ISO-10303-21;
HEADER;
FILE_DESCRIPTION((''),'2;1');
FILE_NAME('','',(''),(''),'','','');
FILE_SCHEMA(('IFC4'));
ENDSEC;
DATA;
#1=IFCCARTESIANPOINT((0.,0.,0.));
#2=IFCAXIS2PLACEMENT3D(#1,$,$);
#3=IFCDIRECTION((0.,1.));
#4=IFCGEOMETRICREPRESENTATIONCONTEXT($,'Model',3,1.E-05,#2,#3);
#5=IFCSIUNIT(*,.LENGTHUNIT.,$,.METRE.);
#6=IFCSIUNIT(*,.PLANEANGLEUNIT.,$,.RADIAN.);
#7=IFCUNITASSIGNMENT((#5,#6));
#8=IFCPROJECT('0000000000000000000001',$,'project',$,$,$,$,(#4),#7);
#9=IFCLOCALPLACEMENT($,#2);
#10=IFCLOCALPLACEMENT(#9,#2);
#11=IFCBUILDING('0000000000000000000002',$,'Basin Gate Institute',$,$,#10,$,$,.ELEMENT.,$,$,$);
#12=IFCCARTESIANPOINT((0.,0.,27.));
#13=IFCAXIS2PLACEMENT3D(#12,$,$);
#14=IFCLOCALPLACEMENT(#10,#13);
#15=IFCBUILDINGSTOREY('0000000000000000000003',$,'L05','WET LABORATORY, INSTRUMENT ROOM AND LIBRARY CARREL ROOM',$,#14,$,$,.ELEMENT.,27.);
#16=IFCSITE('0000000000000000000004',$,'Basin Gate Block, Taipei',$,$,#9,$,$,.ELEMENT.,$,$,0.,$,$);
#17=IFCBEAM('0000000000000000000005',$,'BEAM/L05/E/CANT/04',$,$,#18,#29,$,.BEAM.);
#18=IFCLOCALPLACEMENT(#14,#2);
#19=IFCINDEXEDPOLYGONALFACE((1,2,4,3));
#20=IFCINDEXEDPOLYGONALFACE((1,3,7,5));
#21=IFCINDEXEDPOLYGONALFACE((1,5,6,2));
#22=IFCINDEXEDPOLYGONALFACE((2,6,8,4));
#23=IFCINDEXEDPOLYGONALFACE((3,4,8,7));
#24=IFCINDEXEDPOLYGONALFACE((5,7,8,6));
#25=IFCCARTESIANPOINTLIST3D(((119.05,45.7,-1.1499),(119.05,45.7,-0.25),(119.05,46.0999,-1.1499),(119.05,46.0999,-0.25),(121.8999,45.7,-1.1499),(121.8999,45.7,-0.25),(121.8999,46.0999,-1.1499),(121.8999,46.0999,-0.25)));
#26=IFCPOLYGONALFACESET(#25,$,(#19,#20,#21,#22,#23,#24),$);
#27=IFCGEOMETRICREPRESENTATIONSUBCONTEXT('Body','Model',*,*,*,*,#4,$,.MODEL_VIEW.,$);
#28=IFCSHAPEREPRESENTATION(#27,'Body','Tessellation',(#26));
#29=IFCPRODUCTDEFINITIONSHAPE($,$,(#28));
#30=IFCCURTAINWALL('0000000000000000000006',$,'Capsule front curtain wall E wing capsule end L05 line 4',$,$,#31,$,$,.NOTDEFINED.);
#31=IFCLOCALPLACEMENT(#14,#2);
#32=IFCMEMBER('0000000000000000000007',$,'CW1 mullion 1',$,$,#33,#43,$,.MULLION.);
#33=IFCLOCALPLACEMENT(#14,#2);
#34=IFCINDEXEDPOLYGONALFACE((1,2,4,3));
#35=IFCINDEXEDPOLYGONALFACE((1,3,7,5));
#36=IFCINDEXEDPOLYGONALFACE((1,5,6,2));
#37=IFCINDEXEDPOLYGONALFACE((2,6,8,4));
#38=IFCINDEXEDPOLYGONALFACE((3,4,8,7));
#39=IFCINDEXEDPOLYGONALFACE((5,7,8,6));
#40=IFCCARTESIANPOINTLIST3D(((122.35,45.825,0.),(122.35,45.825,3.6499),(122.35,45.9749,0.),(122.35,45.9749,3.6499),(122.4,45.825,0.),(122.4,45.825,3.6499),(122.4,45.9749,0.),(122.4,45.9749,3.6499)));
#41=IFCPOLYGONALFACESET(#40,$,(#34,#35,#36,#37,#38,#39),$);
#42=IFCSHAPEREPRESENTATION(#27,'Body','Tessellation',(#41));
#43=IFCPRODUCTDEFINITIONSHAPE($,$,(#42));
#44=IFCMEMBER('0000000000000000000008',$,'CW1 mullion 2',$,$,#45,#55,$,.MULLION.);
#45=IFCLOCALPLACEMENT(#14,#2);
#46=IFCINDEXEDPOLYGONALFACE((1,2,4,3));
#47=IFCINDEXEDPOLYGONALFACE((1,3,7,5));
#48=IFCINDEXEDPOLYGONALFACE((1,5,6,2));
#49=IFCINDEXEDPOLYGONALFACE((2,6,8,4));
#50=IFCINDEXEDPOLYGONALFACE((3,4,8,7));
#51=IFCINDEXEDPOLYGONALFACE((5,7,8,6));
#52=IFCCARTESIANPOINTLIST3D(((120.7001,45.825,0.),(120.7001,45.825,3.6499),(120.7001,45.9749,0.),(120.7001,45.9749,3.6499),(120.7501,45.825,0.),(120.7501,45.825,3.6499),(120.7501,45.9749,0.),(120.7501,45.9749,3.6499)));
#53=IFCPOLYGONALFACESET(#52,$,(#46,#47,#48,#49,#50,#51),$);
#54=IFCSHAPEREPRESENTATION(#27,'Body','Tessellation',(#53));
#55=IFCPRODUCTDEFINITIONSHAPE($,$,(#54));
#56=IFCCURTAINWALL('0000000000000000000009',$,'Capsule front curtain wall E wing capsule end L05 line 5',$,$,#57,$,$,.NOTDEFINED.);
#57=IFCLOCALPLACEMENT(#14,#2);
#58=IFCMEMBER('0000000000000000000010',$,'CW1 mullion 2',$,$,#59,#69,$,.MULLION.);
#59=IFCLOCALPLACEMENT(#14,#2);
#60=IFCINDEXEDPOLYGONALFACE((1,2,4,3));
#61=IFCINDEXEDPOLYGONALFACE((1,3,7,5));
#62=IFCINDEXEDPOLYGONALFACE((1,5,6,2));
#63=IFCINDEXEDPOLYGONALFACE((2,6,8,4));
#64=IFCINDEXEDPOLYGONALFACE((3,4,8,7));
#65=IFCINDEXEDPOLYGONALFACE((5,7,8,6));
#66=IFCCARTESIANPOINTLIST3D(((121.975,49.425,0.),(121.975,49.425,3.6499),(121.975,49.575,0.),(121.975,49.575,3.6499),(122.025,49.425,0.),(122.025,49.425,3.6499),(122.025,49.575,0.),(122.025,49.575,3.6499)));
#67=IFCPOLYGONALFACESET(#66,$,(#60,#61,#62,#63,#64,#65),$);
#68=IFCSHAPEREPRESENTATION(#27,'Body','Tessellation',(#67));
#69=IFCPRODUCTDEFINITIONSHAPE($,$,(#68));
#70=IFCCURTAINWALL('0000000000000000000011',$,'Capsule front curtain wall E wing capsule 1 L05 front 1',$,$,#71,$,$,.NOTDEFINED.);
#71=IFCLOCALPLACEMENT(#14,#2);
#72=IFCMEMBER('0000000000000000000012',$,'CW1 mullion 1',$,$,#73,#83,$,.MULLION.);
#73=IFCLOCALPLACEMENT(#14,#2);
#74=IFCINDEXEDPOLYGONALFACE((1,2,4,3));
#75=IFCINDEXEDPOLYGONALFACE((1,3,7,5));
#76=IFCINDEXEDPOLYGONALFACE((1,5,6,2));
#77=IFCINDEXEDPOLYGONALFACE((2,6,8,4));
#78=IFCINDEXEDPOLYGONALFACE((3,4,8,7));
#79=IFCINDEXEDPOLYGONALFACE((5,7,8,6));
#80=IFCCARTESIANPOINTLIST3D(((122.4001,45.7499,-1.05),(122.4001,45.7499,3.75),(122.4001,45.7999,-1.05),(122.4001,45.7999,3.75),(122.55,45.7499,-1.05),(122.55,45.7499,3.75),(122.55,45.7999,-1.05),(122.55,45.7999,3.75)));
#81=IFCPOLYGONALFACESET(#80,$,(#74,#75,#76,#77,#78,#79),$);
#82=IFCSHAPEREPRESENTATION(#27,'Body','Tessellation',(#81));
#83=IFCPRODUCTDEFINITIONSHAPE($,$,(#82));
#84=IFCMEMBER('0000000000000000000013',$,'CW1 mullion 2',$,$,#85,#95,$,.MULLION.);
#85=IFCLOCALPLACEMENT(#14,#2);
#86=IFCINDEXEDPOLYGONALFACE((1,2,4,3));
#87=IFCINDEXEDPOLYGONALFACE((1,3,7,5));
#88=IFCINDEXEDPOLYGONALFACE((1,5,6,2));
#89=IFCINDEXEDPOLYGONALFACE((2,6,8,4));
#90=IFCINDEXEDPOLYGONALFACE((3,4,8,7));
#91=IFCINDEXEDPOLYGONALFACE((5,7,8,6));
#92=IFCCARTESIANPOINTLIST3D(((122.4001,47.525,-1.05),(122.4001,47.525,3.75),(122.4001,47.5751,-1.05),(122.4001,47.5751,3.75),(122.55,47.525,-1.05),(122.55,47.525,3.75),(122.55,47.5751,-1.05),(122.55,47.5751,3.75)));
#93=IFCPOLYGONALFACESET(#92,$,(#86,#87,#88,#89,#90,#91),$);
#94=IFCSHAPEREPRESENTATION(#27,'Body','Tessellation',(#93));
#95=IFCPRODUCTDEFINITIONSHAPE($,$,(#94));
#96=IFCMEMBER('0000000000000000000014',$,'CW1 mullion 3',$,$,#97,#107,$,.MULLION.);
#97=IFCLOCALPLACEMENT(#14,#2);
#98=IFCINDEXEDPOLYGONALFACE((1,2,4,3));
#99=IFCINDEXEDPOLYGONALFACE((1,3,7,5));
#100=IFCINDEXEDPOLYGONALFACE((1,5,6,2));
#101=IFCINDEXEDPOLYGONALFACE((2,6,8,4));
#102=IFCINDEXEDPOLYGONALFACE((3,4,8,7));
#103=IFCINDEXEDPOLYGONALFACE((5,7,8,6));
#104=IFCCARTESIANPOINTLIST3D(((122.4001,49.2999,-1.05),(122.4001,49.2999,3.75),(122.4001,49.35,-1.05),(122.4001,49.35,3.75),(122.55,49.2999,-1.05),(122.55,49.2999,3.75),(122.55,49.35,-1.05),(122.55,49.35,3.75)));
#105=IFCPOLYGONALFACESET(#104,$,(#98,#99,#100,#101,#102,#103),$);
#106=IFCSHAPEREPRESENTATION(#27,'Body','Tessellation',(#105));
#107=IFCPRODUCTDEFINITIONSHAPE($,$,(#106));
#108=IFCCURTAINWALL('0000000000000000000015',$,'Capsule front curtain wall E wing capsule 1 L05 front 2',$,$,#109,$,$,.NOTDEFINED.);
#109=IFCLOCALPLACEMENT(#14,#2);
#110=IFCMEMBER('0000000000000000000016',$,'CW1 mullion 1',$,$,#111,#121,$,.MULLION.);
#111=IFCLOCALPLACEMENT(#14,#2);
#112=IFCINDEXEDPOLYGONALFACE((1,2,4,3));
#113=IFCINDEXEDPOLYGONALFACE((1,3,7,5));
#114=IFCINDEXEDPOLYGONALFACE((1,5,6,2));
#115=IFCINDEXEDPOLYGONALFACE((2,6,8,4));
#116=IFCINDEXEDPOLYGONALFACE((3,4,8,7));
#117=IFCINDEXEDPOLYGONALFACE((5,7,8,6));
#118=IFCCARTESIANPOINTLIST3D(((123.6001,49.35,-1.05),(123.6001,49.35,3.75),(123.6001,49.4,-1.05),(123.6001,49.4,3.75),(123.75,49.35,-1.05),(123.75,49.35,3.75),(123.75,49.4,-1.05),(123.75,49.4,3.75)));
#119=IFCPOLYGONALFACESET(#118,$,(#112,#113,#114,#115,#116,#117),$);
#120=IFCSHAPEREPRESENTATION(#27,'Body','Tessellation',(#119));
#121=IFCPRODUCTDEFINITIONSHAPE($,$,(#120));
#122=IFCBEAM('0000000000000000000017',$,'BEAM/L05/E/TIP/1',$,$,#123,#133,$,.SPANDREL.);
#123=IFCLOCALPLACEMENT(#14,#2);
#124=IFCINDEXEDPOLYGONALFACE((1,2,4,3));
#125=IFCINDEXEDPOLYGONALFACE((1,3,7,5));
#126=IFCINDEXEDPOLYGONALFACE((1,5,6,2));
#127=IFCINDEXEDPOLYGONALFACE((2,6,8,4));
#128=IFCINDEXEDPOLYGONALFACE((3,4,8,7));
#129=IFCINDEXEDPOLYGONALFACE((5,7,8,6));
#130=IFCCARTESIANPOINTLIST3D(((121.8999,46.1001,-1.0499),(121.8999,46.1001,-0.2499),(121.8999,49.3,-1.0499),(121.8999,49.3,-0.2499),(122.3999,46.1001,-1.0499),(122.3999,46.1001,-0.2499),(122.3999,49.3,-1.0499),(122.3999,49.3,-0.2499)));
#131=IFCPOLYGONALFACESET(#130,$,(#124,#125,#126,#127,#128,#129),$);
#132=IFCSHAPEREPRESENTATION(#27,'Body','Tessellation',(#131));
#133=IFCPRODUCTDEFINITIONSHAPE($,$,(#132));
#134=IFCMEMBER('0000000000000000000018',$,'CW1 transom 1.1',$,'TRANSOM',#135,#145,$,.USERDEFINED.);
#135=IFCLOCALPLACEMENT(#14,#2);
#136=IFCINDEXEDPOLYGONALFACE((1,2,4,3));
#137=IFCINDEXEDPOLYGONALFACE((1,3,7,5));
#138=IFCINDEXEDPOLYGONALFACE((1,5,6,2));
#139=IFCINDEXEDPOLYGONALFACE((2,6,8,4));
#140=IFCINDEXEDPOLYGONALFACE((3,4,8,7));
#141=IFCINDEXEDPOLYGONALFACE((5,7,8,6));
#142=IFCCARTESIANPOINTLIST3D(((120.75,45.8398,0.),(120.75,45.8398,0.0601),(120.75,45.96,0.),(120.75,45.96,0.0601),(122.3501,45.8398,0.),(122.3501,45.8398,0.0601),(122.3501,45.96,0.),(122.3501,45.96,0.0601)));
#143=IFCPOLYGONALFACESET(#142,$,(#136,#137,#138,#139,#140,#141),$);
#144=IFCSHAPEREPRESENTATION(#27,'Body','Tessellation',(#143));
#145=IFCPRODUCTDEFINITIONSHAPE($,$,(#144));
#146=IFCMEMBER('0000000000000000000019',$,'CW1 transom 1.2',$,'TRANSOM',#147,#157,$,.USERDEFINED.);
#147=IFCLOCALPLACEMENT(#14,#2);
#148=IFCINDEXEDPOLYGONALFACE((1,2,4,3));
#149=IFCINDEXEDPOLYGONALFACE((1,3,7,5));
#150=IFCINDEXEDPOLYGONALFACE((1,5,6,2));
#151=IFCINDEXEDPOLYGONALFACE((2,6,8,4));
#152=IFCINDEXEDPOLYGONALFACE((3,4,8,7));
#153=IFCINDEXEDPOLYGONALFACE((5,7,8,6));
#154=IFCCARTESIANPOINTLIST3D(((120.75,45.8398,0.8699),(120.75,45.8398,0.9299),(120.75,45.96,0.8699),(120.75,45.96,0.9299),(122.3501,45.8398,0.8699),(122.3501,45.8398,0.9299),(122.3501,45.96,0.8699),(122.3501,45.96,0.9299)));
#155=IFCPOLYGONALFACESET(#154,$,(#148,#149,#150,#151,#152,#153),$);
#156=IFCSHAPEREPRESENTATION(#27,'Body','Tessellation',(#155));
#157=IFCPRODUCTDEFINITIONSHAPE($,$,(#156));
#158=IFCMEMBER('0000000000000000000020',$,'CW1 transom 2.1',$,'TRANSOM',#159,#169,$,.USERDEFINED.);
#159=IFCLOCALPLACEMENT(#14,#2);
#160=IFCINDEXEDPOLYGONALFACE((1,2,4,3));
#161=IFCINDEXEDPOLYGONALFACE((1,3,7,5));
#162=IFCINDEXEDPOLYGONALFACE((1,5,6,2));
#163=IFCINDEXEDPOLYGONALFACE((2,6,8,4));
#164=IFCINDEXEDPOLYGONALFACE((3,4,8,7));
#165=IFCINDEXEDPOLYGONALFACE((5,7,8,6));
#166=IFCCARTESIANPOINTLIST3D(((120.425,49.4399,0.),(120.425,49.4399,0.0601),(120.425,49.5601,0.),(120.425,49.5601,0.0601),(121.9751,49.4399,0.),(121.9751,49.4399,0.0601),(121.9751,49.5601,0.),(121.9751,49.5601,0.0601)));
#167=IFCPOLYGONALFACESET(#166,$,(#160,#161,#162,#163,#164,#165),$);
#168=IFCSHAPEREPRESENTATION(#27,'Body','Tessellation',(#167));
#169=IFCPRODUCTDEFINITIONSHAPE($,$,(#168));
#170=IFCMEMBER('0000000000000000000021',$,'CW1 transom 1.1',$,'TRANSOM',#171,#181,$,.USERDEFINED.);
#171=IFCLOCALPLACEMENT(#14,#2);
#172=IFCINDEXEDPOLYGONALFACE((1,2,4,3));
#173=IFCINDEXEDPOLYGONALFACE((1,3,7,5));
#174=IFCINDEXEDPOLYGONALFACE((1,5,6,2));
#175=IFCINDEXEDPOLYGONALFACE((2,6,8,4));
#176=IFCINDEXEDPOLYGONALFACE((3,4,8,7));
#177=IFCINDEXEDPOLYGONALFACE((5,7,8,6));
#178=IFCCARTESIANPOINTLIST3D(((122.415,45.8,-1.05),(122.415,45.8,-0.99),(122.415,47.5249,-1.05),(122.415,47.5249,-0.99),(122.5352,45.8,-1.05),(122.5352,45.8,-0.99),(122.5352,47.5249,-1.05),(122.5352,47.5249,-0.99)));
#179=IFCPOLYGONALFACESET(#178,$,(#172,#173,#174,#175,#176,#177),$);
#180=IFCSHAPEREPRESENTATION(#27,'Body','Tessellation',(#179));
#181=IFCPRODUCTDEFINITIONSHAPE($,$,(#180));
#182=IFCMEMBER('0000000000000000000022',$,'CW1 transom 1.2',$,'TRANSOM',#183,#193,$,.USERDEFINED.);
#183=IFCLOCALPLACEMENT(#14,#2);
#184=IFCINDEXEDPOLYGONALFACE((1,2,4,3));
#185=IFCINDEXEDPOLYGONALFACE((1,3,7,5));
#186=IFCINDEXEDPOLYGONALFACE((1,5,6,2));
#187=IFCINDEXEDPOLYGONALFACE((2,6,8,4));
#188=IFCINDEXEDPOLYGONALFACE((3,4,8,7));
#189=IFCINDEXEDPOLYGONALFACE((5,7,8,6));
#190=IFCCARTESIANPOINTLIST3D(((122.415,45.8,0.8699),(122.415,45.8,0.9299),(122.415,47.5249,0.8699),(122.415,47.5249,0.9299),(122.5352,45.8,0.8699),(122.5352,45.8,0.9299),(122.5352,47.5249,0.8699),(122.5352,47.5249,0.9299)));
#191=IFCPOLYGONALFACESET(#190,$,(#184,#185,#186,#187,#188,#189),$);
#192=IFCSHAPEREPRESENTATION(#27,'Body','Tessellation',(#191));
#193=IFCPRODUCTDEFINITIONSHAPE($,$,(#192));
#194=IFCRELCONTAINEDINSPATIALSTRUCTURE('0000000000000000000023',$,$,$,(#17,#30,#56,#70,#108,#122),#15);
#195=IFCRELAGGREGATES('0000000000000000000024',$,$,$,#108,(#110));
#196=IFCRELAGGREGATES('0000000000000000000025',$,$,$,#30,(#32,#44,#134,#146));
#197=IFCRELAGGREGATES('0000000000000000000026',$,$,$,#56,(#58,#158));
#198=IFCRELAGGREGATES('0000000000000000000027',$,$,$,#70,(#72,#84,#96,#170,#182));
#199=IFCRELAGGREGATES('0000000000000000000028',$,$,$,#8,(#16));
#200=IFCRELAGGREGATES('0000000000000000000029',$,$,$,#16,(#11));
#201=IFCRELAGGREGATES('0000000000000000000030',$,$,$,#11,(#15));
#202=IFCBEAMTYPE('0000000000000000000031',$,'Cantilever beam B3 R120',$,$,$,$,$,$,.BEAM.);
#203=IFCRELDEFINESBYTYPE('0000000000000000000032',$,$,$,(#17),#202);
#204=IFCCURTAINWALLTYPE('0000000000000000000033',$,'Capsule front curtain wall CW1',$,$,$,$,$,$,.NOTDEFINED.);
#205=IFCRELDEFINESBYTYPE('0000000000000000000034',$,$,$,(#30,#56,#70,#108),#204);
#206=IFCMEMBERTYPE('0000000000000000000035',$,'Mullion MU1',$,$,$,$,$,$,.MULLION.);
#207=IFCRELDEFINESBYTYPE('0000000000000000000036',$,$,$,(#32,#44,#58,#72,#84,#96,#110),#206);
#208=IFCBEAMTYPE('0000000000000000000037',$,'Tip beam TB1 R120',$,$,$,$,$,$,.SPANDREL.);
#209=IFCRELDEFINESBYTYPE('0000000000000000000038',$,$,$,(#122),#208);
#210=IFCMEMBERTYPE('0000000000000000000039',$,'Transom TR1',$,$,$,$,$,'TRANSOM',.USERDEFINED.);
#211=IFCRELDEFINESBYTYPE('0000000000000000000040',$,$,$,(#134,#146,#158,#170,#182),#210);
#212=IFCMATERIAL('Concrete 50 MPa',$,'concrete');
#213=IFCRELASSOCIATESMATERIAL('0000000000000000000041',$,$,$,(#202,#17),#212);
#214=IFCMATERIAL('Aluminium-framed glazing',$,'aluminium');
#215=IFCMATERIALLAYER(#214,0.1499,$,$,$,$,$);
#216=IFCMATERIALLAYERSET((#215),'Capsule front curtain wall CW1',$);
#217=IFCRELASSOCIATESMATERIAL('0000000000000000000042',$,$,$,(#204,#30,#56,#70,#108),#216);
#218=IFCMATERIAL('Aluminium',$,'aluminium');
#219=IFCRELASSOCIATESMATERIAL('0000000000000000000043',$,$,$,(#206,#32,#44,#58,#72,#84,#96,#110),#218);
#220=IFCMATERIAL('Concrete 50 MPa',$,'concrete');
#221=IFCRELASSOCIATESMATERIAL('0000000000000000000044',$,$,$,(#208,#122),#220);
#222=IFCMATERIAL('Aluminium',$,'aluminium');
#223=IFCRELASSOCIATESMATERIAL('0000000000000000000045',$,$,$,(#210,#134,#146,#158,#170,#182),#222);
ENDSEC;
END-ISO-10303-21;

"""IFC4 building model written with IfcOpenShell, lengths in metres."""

from ifc_helpers import new_model, si_unit, direction, frame, origin, origin_2d, place, context, subcontext, project, spatial, rectangle, extrude, material, layer, layer_set, material_profile, profile_set, type_object, element, aggregate, save


model = new_model("IFC4")

# Units and contexts
model_context = context("Model", 3, precision=1e-05, world=origin(), true_north=direction((0.0, 1.0)))
body_context = subcontext(model_context, "Body", "Model", "MODEL_VIEW")
ifc_project = project(units=[si_unit("LENGTHUNIT", "METRE"), si_unit("PLANEANGLEUNIT", "RADIAN")], contexts=[model_context])

# Site, building, storey
site_placement = place(None, origin())
site = spatial("IfcSite", under=ifc_project, at=site_placement, Name="Basin Gate Block, Taipei", CompositionType="ELEMENT", RefElevation=0.0)
building_placement = place(site_placement, origin())
building = spatial("IfcBuilding", under=site, at=building_placement, Name="Basin Gate Institute", CompositionType="ELEMENT")
storey_placement = place(building_placement, frame((0.0, 0.0, 27.0)))
storey = spatial("IfcBuildingStorey", under=building, at=storey_placement, Name="L05", Description="WET LABORATORY, INSTRUMENT ROOM AND LIBRARY CARREL ROOM", CompositionType="ELEMENT", Elevation=27.0)

# Beam
ifc_material_1 = material(Name="Concrete 50 MPa", Category="concrete")
ifc_material_profile_1 = material_profile(ifc_material_1, rectangle(XDim=0.3999, YDim=0.8999, at=origin_2d()), Name="Cantilever beam B3 400 x 900")
ifc_profile_set_1 = profile_set([ifc_material_profile_1], Name="Concrete 50 MPa")
beam_type_1 = type_object("IfcBeamType", Name="Cantilever beam B3 R120", PredefinedType="BEAM", material=ifc_profile_set_1)
beam_1_placement = place(storey_placement, frame((121.8999, 45.8999, -0.7), z_axis=(-1.0, 0.0, 0.0), x_axis=(0.0, -1.0, 0.0)))
element("IfcBeam", 1, at=beam_1_placement, inside=storey, type_object=beam_type_1, material=ifc_profile_set_1, Name="BEAM/L05/E/CANT/04", PredefinedType="BEAM", context=body_context, shape_type="SweptSolid", body=[
    extrude(rectangle(XDim=0.3999, YDim=0.8999, at=origin_2d()), origin(), (0.0, 0.0, 1.0), 2.8499),
])

# Curtain wall, members
ifc_material_2 = material(Name="Aluminium-framed glazing", Category="aluminium")
ifc_layer_1 = layer(ifc_material_2, 0.1499)
ifc_layer_set_1 = layer_set([ifc_layer_1], Name="Capsule front curtain wall CW1")
curtain_wall_type = type_object("IfcCurtainWallType", Name="Capsule front curtain wall CW1", PredefinedType="NOTDEFINED", material=ifc_layer_set_1)
curtain_wall_1_placement = place(storey_placement, origin())
curtain_wall_1 = element("IfcCurtainWall", 2, at=curtain_wall_1_placement, inside=storey, type_object=curtain_wall_type, material=ifc_layer_set_1, Name="Capsule front curtain wall E wing capsule end L05 line 4", PredefinedType="NOTDEFINED")
ifc_material_3 = material(Name="Aluminium", Category="aluminium")
ifc_material_profile_2 = material_profile(ifc_material_3, rectangle(XDim=0.1499, YDim=0.05, at=origin_2d()), Name="Mullion MU1 150 x 50")
ifc_profile_set_2 = profile_set([ifc_material_profile_2], Name="Aluminium")
member_type_1 = type_object("IfcMemberType", Name="Mullion MU1", PredefinedType="MULLION", material=ifc_profile_set_2)
member_1_placement = place(storey_placement, frame((122.375, 45.8999, 0.0), z_axis=(0.0, 0.0, 1.0), x_axis=(0.0, -1.0, 0.0)))
member_1 = element("IfcMember", 3, at=member_1_placement, type_object=member_type_1, material=ifc_profile_set_2, Name="CW1 mullion 1", PredefinedType="MULLION", context=body_context, shape_type="SweptSolid", body=[
    extrude(rectangle(XDim=0.1499, YDim=0.05, at=origin_2d()), origin(), (0.0, 0.0, 1.0), 3.6499),
])
member_2_placement = place(storey_placement, frame((120.7251, 45.8999, 0.0), z_axis=(0.0, 0.0, 1.0), x_axis=(0.0, -1.0, 0.0)))
member_2 = element("IfcMember", 4, at=member_2_placement, type_object=member_type_1, material=ifc_profile_set_2, Name="CW1 mullion 2", PredefinedType="MULLION", context=body_context, shape_type="SweptSolid", body=[
    extrude(rectangle(XDim=0.1499, YDim=0.05, at=origin_2d()), origin(), (0.0, 0.0, 1.0), 3.6499),
])

# Curtain wall, member
curtain_wall_2_placement = place(storey_placement, origin())
curtain_wall_2 = element("IfcCurtainWall", 5, at=curtain_wall_2_placement, inside=storey, type_object=curtain_wall_type, material=ifc_layer_set_1, Name="Capsule front curtain wall E wing capsule end L05 line 5", PredefinedType="NOTDEFINED")
member_3_placement = place(storey_placement, frame((122.0, 49.5, 0.0), z_axis=(0.0, 0.0, 1.0), x_axis=(0.0, -1.0, 0.0)))
member_3 = element("IfcMember", 6, at=member_3_placement, type_object=member_type_1, material=ifc_profile_set_2, Name="CW1 mullion 2", PredefinedType="MULLION", context=body_context, shape_type="SweptSolid", body=[
    extrude(rectangle(XDim=0.1499, YDim=0.05, at=origin_2d()), origin(), (0.0, 0.0, 1.0), 3.6499),
])

# Curtain wall, members
curtain_wall_3_placement = place(storey_placement, origin())
curtain_wall_3 = element("IfcCurtainWall", 7, at=curtain_wall_3_placement, inside=storey, type_object=curtain_wall_type, material=ifc_layer_set_1, Name="Capsule front curtain wall E wing capsule 1 L05 front 1", PredefinedType="NOTDEFINED")
member_4_placement = place(storey_placement, frame((122.4751, 45.7749, -1.05), z_axis=(0.0, 0.0, 1.0), x_axis=(-1.0, 0.0, 0.0)))
member_4 = element("IfcMember", 8, at=member_4_placement, type_object=member_type_1, material=ifc_profile_set_2, Name="CW1 mullion 1", PredefinedType="MULLION", context=body_context, shape_type="SweptSolid", body=[
    extrude(rectangle(XDim=0.1499, YDim=0.05, at=origin_2d()), origin(), (0.0, 0.0, 1.0), 4.8),
])
member_5_placement = place(storey_placement, frame((122.4751, 47.55, -1.05), z_axis=(0.0, 0.0, 1.0), x_axis=(-1.0, 0.0, 0.0)))
member_5 = element("IfcMember", 9, at=member_5_placement, type_object=member_type_1, material=ifc_profile_set_2, Name="CW1 mullion 2", PredefinedType="MULLION", context=body_context, shape_type="SweptSolid", body=[
    extrude(rectangle(XDim=0.1499, YDim=0.05, at=origin_2d()), origin(), (0.0, 0.0, 1.0), 4.8),
])
member_6_placement = place(storey_placement, frame((122.4751, 49.325, -1.05), z_axis=(0.0, 0.0, 1.0), x_axis=(-1.0, 0.0, 0.0)))
member_6 = element("IfcMember", 10, at=member_6_placement, type_object=member_type_1, material=ifc_profile_set_2, Name="CW1 mullion 3", PredefinedType="MULLION", context=body_context, shape_type="SweptSolid", body=[
    extrude(rectangle(XDim=0.1499, YDim=0.05, at=origin_2d()), origin(), (0.0, 0.0, 1.0), 4.8),
])

# Curtain wall, member
curtain_wall_4_placement = place(storey_placement, origin())
curtain_wall_4 = element("IfcCurtainWall", 11, at=curtain_wall_4_placement, inside=storey, type_object=curtain_wall_type, material=ifc_layer_set_1, Name="Capsule front curtain wall E wing capsule 1 L05 front 2", PredefinedType="NOTDEFINED")
member_7_placement = place(storey_placement, frame((123.675, 49.375, -1.05), z_axis=(0.0, 0.0, 1.0), x_axis=(-1.0, 0.0, 0.0)))
member_7 = element("IfcMember", 12, at=member_7_placement, type_object=member_type_1, material=ifc_profile_set_2, Name="CW1 mullion 1", PredefinedType="MULLION", context=body_context, shape_type="SweptSolid", body=[
    extrude(rectangle(XDim=0.1499, YDim=0.05, at=origin_2d()), origin(), (0.0, 0.0, 1.0), 4.8),
])

# Beam
ifc_material_4 = material(Name="Concrete 50 MPa", Category="concrete")
ifc_material_profile_3 = material_profile(ifc_material_4, rectangle(XDim=0.5, YDim=0.8, at=origin_2d()), Name="Tip beam TB1 500 x 800")
ifc_profile_set_3 = profile_set([ifc_material_profile_3], Name="Concrete 50 MPa")
beam_type_2 = type_object("IfcBeamType", Name="Tip beam TB1 R120", PredefinedType="SPANDREL", material=ifc_profile_set_3)
beam_2_placement = place(storey_placement, frame((122.1499, 46.1001, -0.6499), z_axis=(0.0, 1.0, 0.0), x_axis=(-1.0, 0.0, 0.0)))
element("IfcBeam", 13, at=beam_2_placement, inside=storey, type_object=beam_type_2, material=ifc_profile_set_3, Name="BEAM/L05/E/TIP/1", PredefinedType="SPANDREL", context=body_context, shape_type="SweptSolid", body=[
    extrude(rectangle(XDim=0.5, YDim=0.8, at=origin_2d()), origin(), (0.0, 0.0, 1.0), 3.2),
])

# Members
ifc_material_5 = material(Name="Aluminium", Category="aluminium")
ifc_material_profile_4 = material_profile(ifc_material_5, rectangle(XDim=0.1201, YDim=0.0601, at=origin_2d()), Name="Transom TR1 120 x 60")
ifc_profile_set_4 = profile_set([ifc_material_profile_4], Name="Aluminium")
member_type_2 = type_object("IfcMemberType", Name="Transom TR1", ElementType="TRANSOM", PredefinedType="USERDEFINED", material=ifc_profile_set_4)
member_8_placement = place(storey_placement, frame((122.3501, 45.8999, 0.03), z_axis=(-1.0, 0.0, 0.0), x_axis=(0.0, -1.0, 0.0)))
member_8 = element("IfcMember", 14, at=member_8_placement, type_object=member_type_2, material=ifc_profile_set_4, Name="CW1 transom 1.1", ObjectType="TRANSOM", PredefinedType="USERDEFINED", context=body_context, shape_type="SweptSolid", body=[
    extrude(rectangle(XDim=0.1201, YDim=0.0601, at=origin_2d()), origin(), (0.0, 0.0, 1.0), 1.6001),
])
member_9_placement = place(storey_placement, frame((122.3501, 45.8999, 0.8999), z_axis=(-1.0, 0.0, 0.0), x_axis=(0.0, -1.0, 0.0)))
member_9 = element("IfcMember", 15, at=member_9_placement, type_object=member_type_2, material=ifc_profile_set_4, Name="CW1 transom 1.2", ObjectType="TRANSOM", PredefinedType="USERDEFINED", context=body_context, shape_type="SweptSolid", body=[
    extrude(rectangle(XDim=0.1201, YDim=0.0601, at=origin_2d()), origin(), (0.0, 0.0, 1.0), 1.6001),
])
member_10_placement = place(storey_placement, frame((121.9751, 49.5, 0.03), z_axis=(-1.0, 0.0, 0.0), x_axis=(0.0, -1.0, 0.0)))
member_10 = element("IfcMember", 16, at=member_10_placement, type_object=member_type_2, material=ifc_profile_set_4, Name="CW1 transom 2.1", ObjectType="TRANSOM", PredefinedType="USERDEFINED", context=body_context, shape_type="SweptSolid", body=[
    extrude(rectangle(XDim=0.1201, YDim=0.0601, at=origin_2d()), origin(), (0.0, 0.0, 1.0), 1.55),
])
member_11_placement = place(storey_placement, frame((122.4751, 45.8, -1.02), z_axis=(0.0, 1.0, 0.0), x_axis=(-1.0, 0.0, 0.0)))
member_11 = element("IfcMember", 17, at=member_11_placement, type_object=member_type_2, material=ifc_profile_set_4, Name="CW1 transom 1.1", ObjectType="TRANSOM", PredefinedType="USERDEFINED", context=body_context, shape_type="SweptSolid", body=[
    extrude(rectangle(XDim=0.1201, YDim=0.0601, at=origin_2d()), origin(), (0.0, 0.0, 1.0), 1.7249),
])
member_12_placement = place(storey_placement, frame((122.4751, 45.8, 0.8999), z_axis=(0.0, 1.0, 0.0), x_axis=(-1.0, 0.0, 0.0)))
member_12 = element("IfcMember", 18, at=member_12_placement, type_object=member_type_2, material=ifc_profile_set_4, Name="CW1 transom 1.2", ObjectType="TRANSOM", PredefinedType="USERDEFINED", context=body_context, shape_type="SweptSolid", body=[
    extrude(rectangle(XDim=0.1201, YDim=0.0601, at=origin_2d()), origin(), (0.0, 0.0, 1.0), 1.7249),
])
aggregate(curtain_wall_4, [member_7])

aggregate(curtain_wall_1, [member_1, member_2, member_8, member_9])
aggregate(curtain_wall_2, [member_3, member_10])
aggregate(curtain_wall_3, [member_4, member_5, member_6, member_11, member_12])

save(model, "model.ifc")
